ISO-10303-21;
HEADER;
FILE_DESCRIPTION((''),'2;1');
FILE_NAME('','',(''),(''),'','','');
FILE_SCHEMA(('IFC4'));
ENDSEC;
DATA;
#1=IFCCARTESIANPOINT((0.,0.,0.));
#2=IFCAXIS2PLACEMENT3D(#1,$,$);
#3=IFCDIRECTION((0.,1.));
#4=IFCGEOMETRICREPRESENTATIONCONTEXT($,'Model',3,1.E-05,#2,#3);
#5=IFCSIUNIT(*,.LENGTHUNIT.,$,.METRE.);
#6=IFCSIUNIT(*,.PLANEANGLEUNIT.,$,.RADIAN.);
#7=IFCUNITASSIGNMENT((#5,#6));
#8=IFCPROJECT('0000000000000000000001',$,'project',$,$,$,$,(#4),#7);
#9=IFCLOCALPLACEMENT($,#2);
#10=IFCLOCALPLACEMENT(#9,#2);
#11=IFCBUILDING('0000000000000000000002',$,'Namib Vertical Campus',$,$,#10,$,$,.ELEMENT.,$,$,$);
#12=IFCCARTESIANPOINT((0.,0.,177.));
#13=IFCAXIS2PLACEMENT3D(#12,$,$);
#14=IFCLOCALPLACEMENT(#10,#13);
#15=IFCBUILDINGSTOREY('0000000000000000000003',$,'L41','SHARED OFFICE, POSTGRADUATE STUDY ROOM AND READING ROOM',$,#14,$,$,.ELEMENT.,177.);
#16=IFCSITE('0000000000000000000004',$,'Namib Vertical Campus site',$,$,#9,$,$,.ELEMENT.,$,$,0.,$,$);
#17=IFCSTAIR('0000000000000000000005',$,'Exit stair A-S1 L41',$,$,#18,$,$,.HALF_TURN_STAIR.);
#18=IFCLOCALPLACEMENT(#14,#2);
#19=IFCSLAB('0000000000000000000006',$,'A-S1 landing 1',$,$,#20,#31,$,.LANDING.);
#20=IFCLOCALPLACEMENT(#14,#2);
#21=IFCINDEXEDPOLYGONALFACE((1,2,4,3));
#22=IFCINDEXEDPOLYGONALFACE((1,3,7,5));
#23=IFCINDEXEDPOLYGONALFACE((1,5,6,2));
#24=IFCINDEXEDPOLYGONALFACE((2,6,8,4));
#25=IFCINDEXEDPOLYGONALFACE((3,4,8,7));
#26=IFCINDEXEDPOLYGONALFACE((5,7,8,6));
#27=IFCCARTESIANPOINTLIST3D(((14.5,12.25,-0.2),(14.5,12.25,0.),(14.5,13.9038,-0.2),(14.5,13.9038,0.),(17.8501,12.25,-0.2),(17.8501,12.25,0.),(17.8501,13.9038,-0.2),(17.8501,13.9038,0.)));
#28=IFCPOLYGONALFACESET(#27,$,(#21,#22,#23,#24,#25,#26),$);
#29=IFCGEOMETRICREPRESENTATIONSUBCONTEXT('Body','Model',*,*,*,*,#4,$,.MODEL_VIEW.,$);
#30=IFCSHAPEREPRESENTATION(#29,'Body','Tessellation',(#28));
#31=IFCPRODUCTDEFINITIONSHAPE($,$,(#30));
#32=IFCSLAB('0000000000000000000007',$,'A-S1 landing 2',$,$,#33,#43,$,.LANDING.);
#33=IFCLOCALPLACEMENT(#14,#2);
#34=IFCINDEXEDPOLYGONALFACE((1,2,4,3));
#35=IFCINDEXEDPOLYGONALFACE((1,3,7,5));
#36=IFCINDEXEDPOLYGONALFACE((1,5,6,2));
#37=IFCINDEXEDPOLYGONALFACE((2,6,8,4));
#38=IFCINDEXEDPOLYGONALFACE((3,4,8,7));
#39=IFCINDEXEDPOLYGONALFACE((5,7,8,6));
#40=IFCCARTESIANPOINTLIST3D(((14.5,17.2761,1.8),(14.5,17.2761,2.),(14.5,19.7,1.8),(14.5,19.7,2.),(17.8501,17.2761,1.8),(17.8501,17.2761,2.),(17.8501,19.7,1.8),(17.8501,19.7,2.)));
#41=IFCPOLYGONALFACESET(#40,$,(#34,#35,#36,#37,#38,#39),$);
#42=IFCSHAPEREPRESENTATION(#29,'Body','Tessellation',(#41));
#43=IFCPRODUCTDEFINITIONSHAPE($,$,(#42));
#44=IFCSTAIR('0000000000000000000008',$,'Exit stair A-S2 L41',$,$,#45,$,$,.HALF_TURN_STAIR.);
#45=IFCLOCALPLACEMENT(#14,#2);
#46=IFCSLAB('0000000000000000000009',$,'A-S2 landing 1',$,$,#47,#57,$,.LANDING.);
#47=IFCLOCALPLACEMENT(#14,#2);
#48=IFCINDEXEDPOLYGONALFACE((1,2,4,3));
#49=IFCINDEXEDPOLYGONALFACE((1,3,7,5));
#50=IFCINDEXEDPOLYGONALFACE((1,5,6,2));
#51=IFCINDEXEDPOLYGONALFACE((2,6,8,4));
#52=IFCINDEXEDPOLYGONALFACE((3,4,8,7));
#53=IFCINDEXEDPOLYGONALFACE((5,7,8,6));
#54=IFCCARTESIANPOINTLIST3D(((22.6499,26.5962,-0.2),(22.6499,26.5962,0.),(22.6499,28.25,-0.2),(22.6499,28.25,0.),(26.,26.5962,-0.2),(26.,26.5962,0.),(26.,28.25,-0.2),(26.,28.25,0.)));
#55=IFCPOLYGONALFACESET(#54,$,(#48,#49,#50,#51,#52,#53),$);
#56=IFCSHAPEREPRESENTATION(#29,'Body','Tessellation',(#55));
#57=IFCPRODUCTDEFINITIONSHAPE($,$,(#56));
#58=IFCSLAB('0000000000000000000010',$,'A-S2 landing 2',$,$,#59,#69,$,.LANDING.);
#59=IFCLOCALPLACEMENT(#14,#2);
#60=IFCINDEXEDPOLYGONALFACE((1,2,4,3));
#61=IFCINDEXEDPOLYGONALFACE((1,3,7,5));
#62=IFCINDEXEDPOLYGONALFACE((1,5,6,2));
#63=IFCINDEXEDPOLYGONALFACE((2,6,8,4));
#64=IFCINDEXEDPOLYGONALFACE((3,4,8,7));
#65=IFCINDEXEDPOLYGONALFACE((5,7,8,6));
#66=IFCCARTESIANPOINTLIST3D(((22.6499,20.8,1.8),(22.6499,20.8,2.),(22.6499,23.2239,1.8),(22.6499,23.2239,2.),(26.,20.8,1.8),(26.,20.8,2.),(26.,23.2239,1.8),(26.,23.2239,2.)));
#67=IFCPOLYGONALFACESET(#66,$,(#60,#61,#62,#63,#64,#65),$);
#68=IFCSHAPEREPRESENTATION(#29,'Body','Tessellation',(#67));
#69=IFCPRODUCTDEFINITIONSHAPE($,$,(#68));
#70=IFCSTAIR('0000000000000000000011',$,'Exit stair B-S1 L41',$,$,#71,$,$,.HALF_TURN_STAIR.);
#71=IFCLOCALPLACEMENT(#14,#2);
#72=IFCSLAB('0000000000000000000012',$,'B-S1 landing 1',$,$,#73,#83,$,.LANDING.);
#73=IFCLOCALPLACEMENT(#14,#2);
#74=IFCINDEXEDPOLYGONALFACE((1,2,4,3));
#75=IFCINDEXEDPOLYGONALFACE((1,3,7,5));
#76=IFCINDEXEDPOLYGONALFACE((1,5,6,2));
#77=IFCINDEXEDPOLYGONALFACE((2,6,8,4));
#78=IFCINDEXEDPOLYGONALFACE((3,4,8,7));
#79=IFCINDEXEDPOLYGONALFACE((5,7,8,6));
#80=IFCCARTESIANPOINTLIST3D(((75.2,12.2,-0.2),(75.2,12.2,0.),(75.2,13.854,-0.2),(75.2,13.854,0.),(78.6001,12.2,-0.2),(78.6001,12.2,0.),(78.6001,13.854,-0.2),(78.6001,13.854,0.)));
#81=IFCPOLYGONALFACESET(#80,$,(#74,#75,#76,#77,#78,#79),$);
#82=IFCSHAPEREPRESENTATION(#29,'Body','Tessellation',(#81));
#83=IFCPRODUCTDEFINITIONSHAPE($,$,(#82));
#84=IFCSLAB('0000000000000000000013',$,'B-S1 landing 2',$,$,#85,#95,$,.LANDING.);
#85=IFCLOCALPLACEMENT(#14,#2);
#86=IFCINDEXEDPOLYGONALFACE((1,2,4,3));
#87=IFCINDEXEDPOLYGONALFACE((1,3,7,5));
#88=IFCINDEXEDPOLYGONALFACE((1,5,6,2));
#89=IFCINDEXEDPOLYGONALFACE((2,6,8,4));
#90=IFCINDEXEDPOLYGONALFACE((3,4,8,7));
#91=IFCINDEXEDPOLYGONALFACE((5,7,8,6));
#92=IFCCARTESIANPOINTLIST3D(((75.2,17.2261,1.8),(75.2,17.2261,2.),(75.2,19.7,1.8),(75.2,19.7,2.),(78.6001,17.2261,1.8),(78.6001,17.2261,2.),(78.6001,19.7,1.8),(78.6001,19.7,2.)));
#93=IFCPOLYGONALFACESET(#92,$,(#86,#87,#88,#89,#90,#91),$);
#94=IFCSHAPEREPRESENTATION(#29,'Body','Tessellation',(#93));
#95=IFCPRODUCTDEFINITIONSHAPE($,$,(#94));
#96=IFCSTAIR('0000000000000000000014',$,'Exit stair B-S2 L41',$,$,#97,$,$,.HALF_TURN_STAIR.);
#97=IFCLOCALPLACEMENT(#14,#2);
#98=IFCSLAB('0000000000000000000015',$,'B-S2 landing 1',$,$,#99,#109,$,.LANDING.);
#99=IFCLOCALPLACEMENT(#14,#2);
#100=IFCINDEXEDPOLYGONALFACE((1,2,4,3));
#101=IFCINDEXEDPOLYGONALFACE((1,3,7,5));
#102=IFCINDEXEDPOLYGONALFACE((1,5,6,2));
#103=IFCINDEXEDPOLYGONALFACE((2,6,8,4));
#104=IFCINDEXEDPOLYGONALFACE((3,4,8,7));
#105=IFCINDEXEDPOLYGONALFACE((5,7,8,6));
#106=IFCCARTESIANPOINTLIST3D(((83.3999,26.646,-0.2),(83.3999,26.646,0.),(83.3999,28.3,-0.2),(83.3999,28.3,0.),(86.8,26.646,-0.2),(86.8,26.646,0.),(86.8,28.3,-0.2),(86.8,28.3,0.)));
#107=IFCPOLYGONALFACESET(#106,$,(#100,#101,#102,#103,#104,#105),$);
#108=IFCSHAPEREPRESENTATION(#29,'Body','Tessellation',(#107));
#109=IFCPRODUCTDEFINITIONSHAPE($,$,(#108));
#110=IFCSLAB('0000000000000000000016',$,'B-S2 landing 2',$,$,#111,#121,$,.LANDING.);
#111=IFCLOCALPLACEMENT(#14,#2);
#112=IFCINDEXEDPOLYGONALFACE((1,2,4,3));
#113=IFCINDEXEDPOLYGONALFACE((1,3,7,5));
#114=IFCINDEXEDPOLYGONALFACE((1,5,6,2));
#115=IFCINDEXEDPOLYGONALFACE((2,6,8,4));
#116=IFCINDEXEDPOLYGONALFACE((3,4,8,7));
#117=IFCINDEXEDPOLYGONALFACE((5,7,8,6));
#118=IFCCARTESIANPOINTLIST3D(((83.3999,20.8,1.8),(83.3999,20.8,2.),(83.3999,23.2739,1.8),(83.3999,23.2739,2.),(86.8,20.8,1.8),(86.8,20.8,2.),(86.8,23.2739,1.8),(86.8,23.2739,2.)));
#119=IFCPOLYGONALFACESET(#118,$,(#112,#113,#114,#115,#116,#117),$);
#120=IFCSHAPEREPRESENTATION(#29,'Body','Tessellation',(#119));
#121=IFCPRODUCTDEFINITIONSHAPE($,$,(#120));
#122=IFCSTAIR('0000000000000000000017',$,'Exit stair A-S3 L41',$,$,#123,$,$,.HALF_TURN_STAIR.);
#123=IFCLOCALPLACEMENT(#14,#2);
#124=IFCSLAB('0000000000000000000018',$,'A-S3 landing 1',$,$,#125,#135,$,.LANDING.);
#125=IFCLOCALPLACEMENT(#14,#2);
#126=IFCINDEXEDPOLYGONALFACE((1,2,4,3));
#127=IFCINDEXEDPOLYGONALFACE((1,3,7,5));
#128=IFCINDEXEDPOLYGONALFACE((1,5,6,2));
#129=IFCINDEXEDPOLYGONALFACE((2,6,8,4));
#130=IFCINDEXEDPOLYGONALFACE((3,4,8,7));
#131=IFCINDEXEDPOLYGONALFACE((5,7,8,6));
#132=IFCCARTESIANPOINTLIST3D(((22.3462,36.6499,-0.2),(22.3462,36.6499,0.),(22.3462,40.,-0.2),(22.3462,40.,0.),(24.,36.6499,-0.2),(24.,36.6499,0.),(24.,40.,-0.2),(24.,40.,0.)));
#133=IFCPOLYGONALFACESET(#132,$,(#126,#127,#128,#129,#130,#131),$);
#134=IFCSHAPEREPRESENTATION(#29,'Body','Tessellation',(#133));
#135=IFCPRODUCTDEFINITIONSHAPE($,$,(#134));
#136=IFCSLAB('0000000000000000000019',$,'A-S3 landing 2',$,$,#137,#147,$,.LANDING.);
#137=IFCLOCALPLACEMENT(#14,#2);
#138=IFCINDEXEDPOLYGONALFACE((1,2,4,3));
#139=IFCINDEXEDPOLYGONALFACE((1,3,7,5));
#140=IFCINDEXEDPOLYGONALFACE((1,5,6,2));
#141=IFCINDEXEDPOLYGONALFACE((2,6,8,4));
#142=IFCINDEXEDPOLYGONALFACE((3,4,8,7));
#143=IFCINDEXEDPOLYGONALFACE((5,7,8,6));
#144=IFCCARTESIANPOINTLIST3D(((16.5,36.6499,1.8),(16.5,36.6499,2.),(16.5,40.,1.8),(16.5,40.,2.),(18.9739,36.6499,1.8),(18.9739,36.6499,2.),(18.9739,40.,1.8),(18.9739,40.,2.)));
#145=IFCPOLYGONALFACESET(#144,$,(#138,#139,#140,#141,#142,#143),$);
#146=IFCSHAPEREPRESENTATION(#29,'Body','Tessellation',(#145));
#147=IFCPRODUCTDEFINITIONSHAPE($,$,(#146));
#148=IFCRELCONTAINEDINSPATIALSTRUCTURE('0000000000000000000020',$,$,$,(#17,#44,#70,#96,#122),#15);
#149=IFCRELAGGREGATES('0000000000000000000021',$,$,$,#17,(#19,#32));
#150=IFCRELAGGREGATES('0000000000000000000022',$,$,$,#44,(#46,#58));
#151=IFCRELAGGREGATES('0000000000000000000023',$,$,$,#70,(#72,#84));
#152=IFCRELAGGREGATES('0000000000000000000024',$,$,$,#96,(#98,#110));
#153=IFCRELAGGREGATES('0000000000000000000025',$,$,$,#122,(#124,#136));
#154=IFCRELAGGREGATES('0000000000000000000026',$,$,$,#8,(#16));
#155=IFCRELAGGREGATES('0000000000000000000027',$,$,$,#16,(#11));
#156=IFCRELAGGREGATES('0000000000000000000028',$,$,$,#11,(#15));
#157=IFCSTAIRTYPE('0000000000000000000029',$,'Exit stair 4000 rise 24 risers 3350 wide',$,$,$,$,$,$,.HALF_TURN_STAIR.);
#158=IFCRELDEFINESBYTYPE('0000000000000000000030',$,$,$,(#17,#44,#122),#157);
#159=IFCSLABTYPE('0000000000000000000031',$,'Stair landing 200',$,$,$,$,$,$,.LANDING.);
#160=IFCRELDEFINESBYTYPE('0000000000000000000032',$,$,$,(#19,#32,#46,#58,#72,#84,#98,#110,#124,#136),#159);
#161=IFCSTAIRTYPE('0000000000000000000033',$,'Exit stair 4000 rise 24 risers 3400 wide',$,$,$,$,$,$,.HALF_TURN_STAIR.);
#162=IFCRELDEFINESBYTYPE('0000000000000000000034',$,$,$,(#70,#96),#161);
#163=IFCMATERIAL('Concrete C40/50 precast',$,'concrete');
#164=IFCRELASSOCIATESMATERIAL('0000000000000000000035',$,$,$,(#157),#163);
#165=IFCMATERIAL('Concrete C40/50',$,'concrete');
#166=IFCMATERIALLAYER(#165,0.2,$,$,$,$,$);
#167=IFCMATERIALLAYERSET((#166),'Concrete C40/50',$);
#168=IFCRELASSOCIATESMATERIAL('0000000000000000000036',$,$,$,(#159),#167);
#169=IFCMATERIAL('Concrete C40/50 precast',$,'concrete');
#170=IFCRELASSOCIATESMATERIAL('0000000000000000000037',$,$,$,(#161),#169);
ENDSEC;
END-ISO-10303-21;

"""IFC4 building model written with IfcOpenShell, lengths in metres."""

from ifc_helpers import new_model, si_unit, direction, frame, origin, place, context, subcontext, project, spatial, polyline, outline, extrude, material, layer, layer_set, type_object, element, aggregate, save


model = new_model("IFC4")

# Units and contexts
model_context = context("Model", 3, precision=1e-05, world=origin(), true_north=direction((0.0, 1.0)))
body_context = subcontext(model_context, "Body", "Model", "MODEL_VIEW")
ifc_project = project(units=[si_unit("LENGTHUNIT", "METRE"), si_unit("PLANEANGLEUNIT", "RADIAN")], contexts=[model_context])

# Site, building, storey
site_placement = place(None, origin())
site = spatial("IfcSite", under=ifc_project, at=site_placement, Name="Namib Vertical Campus site", CompositionType="ELEMENT", RefElevation=0.0)
building_placement = place(site_placement, origin())
building = spatial("IfcBuilding", under=site, at=building_placement, Name="Namib Vertical Campus", CompositionType="ELEMENT")
storey_placement = place(building_placement, frame((0.0, 0.0, 177.0)))
storey = spatial("IfcBuildingStorey", under=building, at=storey_placement, Name="L41", Description="SHARED OFFICE, POSTGRADUATE STUDY ROOM AND READING ROOM", CompositionType="ELEMENT", Elevation=177.0)

# Stairs, slabs
ifc_material_1 = material(Name="Concrete C40/50 precast", Category="concrete")
stair_type_1 = type_object("IfcStairType", Name="Exit stair 4000 rise 24 risers 3350 wide", PredefinedType="HALF_TURN_STAIR", material=ifc_material_1)
stair_1_placement = place(storey_placement, origin())
stair_1 = element("IfcStair", 1, at=stair_1_placement, inside=storey, type_object=stair_type_1, Name="Exit stair A-S1 L41", PredefinedType="HALF_TURN_STAIR")
ifc_material_2 = material(Name="Concrete C40/50", Category="concrete")
ifc_layer_1 = layer(ifc_material_2, 0.2)
ifc_layer_set_1 = layer_set([ifc_layer_1], Name="Concrete C40/50")
slab_type_1 = type_object("IfcSlabType", Name="Stair landing 200", PredefinedType="LANDING", material=ifc_layer_set_1)
slab_1_placement = place(storey_placement, frame((0.0, 0.0, -0.2)))
slab_1 = element("IfcSlab", 2, at=slab_1_placement, type_object=slab_type_1, Name="A-S1 landing 1", PredefinedType="LANDING", context=body_context, shape_type="SweptSolid", body=[
    extrude(outline(polyline([(14.5, 12.25), (17.8501, 12.25), (17.8501, 13.9038), (14.5, 13.9038), (14.5, 12.25)])), origin(), (0.0, 0.0, 1.0), 0.2),
])
slab_2_placement = place(storey_placement, frame((0.0, 0.0, 1.8)))
slab_2 = element("IfcSlab", 3, at=slab_2_placement, type_object=slab_type_1, Name="A-S1 landing 2", PredefinedType="LANDING", context=body_context, shape_type="SweptSolid", body=[
    extrude(outline(polyline([(14.5, 17.2761), (17.8501, 17.2761), (17.8501, 19.7), (14.5, 19.7), (14.5, 17.2761)])), origin(), (0.0, 0.0, 1.0), 0.2),
])
aggregate(stair_1, [slab_1, slab_2])
stair_2_placement = place(storey_placement, origin())
stair_2 = element("IfcStair", 4, at=stair_2_placement, inside=storey, type_object=stair_type_1, Name="Exit stair A-S2 L41", PredefinedType="HALF_TURN_STAIR")
slab_3_placement = place(storey_placement, frame((0.0, 0.0, -0.2)))
slab_3 = element("IfcSlab", 5, at=slab_3_placement, type_object=slab_type_1, Name="A-S2 landing 1", PredefinedType="LANDING", context=body_context, shape_type="SweptSolid", body=[
    extrude(outline(polyline([(22.6499, 26.5962), (26.0, 26.5962), (26.0, 28.25), (22.6499, 28.25), (22.6499, 26.5962)])), origin(), (0.0, 0.0, 1.0), 0.2),
])
slab_4_placement = place(storey_placement, frame((0.0, 0.0, 1.8)))
slab_4 = element("IfcSlab", 6, at=slab_4_placement, type_object=slab_type_1, Name="A-S2 landing 2", PredefinedType="LANDING", context=body_context, shape_type="SweptSolid", body=[
    extrude(outline(polyline([(22.6499, 20.8), (26.0, 20.8), (26.0, 23.2239), (22.6499, 23.2239), (22.6499, 20.8)])), origin(), (0.0, 0.0, 1.0), 0.2),
])
aggregate(stair_2, [slab_3, slab_4])
ifc_material_3 = material(Name="Concrete C40/50 precast", Category="concrete")
stair_type_2 = type_object("IfcStairType", Name="Exit stair 4000 rise 24 risers 3400 wide", PredefinedType="HALF_TURN_STAIR", material=ifc_material_3)
stair_3_placement = place(storey_placement, origin())
stair_3 = element("IfcStair", 7, at=stair_3_placement, inside=storey, type_object=stair_type_2, Name="Exit stair B-S1 L41", PredefinedType="HALF_TURN_STAIR")
slab_5_placement = place(storey_placement, frame((0.0, 0.0, -0.2)))
slab_5 = element("IfcSlab", 8, at=slab_5_placement, type_object=slab_type_1, Name="B-S1 landing 1", PredefinedType="LANDING", context=body_context, shape_type="SweptSolid", body=[
    extrude(outline(polyline([(75.2, 12.2), (78.6001, 12.2), (78.6001, 13.854), (75.2, 13.854), (75.2, 12.2)])), origin(), (0.0, 0.0, 1.0), 0.2),
])
slab_6_placement = place(storey_placement, frame((0.0, 0.0, 1.8)))
slab_6 = element("IfcSlab", 9, at=slab_6_placement, type_object=slab_type_1, Name="B-S1 landing 2", PredefinedType="LANDING", context=body_context, shape_type="SweptSolid", body=[
    extrude(outline(polyline([(75.2, 17.2261), (78.6001, 17.2261), (78.6001, 19.7), (75.2, 19.7), (75.2, 17.2261)])), origin(), (0.0, 0.0, 1.0), 0.2),
])
aggregate(stair_3, [slab_5, slab_6])
stair_4_placement = place(storey_placement, origin())
stair_4 = element("IfcStair", 10, at=stair_4_placement, inside=storey, type_object=stair_type_2, Name="Exit stair B-S2 L41", PredefinedType="HALF_TURN_STAIR")
slab_7_placement = place(storey_placement, frame((0.0, 0.0, -0.2)))
slab_7 = element("IfcSlab", 11, at=slab_7_placement, type_object=slab_type_1, Name="B-S2 landing 1", PredefinedType="LANDING", context=body_context, shape_type="SweptSolid", body=[
    extrude(outline(polyline([(83.3999, 26.646), (86.8, 26.646), (86.8, 28.3), (83.3999, 28.3), (83.3999, 26.646)])), origin(), (0.0, 0.0, 1.0), 0.2),
])
slab_8_placement = place(storey_placement, frame((0.0, 0.0, 1.8)))
slab_8 = element("IfcSlab", 12, at=slab_8_placement, type_object=slab_type_1, Name="B-S2 landing 2", PredefinedType="LANDING", context=body_context, shape_type="SweptSolid", body=[
    extrude(outline(polyline([(83.3999, 20.8), (86.8, 20.8), (86.8, 23.2739), (83.3999, 23.2739), (83.3999, 20.8)])), origin(), (0.0, 0.0, 1.0), 0.2),
])
aggregate(stair_4, [slab_7, slab_8])
stair_5_placement = place(storey_placement, origin())
stair_5 = element("IfcStair", 13, at=stair_5_placement, inside=storey, type_object=stair_type_1, Name="Exit stair A-S3 L41", PredefinedType="HALF_TURN_STAIR")
slab_9_placement = place(storey_placement, frame((0.0, 0.0, -0.2)))
slab_9 = element("IfcSlab", 14, at=slab_9_placement, type_object=slab_type_1, Name="A-S3 landing 1", PredefinedType="LANDING", context=body_context, shape_type="SweptSolid", body=[
    extrude(outline(polyline([(22.3462, 36.6499), (22.3462, 40.0), (24.0, 40.0), (24.0, 36.6499), (22.3462, 36.6499)])), origin(), (0.0, 0.0, 1.0), 0.2),
])
slab_10_placement = place(storey_placement, frame((0.0, 0.0, 1.8)))
slab_10 = element("IfcSlab", 15, at=slab_10_placement, type_object=slab_type_1, Name="A-S3 landing 2", PredefinedType="LANDING", context=body_context, shape_type="SweptSolid", body=[
    extrude(outline(polyline([(16.5, 36.6499), (16.5, 40.0), (18.9739, 40.0), (18.9739, 36.6499), (16.5, 36.6499)])), origin(), (0.0, 0.0, 1.0), 0.2),
])
aggregate(stair_5, [slab_9, slab_10])

save(model, "model.ifc")
